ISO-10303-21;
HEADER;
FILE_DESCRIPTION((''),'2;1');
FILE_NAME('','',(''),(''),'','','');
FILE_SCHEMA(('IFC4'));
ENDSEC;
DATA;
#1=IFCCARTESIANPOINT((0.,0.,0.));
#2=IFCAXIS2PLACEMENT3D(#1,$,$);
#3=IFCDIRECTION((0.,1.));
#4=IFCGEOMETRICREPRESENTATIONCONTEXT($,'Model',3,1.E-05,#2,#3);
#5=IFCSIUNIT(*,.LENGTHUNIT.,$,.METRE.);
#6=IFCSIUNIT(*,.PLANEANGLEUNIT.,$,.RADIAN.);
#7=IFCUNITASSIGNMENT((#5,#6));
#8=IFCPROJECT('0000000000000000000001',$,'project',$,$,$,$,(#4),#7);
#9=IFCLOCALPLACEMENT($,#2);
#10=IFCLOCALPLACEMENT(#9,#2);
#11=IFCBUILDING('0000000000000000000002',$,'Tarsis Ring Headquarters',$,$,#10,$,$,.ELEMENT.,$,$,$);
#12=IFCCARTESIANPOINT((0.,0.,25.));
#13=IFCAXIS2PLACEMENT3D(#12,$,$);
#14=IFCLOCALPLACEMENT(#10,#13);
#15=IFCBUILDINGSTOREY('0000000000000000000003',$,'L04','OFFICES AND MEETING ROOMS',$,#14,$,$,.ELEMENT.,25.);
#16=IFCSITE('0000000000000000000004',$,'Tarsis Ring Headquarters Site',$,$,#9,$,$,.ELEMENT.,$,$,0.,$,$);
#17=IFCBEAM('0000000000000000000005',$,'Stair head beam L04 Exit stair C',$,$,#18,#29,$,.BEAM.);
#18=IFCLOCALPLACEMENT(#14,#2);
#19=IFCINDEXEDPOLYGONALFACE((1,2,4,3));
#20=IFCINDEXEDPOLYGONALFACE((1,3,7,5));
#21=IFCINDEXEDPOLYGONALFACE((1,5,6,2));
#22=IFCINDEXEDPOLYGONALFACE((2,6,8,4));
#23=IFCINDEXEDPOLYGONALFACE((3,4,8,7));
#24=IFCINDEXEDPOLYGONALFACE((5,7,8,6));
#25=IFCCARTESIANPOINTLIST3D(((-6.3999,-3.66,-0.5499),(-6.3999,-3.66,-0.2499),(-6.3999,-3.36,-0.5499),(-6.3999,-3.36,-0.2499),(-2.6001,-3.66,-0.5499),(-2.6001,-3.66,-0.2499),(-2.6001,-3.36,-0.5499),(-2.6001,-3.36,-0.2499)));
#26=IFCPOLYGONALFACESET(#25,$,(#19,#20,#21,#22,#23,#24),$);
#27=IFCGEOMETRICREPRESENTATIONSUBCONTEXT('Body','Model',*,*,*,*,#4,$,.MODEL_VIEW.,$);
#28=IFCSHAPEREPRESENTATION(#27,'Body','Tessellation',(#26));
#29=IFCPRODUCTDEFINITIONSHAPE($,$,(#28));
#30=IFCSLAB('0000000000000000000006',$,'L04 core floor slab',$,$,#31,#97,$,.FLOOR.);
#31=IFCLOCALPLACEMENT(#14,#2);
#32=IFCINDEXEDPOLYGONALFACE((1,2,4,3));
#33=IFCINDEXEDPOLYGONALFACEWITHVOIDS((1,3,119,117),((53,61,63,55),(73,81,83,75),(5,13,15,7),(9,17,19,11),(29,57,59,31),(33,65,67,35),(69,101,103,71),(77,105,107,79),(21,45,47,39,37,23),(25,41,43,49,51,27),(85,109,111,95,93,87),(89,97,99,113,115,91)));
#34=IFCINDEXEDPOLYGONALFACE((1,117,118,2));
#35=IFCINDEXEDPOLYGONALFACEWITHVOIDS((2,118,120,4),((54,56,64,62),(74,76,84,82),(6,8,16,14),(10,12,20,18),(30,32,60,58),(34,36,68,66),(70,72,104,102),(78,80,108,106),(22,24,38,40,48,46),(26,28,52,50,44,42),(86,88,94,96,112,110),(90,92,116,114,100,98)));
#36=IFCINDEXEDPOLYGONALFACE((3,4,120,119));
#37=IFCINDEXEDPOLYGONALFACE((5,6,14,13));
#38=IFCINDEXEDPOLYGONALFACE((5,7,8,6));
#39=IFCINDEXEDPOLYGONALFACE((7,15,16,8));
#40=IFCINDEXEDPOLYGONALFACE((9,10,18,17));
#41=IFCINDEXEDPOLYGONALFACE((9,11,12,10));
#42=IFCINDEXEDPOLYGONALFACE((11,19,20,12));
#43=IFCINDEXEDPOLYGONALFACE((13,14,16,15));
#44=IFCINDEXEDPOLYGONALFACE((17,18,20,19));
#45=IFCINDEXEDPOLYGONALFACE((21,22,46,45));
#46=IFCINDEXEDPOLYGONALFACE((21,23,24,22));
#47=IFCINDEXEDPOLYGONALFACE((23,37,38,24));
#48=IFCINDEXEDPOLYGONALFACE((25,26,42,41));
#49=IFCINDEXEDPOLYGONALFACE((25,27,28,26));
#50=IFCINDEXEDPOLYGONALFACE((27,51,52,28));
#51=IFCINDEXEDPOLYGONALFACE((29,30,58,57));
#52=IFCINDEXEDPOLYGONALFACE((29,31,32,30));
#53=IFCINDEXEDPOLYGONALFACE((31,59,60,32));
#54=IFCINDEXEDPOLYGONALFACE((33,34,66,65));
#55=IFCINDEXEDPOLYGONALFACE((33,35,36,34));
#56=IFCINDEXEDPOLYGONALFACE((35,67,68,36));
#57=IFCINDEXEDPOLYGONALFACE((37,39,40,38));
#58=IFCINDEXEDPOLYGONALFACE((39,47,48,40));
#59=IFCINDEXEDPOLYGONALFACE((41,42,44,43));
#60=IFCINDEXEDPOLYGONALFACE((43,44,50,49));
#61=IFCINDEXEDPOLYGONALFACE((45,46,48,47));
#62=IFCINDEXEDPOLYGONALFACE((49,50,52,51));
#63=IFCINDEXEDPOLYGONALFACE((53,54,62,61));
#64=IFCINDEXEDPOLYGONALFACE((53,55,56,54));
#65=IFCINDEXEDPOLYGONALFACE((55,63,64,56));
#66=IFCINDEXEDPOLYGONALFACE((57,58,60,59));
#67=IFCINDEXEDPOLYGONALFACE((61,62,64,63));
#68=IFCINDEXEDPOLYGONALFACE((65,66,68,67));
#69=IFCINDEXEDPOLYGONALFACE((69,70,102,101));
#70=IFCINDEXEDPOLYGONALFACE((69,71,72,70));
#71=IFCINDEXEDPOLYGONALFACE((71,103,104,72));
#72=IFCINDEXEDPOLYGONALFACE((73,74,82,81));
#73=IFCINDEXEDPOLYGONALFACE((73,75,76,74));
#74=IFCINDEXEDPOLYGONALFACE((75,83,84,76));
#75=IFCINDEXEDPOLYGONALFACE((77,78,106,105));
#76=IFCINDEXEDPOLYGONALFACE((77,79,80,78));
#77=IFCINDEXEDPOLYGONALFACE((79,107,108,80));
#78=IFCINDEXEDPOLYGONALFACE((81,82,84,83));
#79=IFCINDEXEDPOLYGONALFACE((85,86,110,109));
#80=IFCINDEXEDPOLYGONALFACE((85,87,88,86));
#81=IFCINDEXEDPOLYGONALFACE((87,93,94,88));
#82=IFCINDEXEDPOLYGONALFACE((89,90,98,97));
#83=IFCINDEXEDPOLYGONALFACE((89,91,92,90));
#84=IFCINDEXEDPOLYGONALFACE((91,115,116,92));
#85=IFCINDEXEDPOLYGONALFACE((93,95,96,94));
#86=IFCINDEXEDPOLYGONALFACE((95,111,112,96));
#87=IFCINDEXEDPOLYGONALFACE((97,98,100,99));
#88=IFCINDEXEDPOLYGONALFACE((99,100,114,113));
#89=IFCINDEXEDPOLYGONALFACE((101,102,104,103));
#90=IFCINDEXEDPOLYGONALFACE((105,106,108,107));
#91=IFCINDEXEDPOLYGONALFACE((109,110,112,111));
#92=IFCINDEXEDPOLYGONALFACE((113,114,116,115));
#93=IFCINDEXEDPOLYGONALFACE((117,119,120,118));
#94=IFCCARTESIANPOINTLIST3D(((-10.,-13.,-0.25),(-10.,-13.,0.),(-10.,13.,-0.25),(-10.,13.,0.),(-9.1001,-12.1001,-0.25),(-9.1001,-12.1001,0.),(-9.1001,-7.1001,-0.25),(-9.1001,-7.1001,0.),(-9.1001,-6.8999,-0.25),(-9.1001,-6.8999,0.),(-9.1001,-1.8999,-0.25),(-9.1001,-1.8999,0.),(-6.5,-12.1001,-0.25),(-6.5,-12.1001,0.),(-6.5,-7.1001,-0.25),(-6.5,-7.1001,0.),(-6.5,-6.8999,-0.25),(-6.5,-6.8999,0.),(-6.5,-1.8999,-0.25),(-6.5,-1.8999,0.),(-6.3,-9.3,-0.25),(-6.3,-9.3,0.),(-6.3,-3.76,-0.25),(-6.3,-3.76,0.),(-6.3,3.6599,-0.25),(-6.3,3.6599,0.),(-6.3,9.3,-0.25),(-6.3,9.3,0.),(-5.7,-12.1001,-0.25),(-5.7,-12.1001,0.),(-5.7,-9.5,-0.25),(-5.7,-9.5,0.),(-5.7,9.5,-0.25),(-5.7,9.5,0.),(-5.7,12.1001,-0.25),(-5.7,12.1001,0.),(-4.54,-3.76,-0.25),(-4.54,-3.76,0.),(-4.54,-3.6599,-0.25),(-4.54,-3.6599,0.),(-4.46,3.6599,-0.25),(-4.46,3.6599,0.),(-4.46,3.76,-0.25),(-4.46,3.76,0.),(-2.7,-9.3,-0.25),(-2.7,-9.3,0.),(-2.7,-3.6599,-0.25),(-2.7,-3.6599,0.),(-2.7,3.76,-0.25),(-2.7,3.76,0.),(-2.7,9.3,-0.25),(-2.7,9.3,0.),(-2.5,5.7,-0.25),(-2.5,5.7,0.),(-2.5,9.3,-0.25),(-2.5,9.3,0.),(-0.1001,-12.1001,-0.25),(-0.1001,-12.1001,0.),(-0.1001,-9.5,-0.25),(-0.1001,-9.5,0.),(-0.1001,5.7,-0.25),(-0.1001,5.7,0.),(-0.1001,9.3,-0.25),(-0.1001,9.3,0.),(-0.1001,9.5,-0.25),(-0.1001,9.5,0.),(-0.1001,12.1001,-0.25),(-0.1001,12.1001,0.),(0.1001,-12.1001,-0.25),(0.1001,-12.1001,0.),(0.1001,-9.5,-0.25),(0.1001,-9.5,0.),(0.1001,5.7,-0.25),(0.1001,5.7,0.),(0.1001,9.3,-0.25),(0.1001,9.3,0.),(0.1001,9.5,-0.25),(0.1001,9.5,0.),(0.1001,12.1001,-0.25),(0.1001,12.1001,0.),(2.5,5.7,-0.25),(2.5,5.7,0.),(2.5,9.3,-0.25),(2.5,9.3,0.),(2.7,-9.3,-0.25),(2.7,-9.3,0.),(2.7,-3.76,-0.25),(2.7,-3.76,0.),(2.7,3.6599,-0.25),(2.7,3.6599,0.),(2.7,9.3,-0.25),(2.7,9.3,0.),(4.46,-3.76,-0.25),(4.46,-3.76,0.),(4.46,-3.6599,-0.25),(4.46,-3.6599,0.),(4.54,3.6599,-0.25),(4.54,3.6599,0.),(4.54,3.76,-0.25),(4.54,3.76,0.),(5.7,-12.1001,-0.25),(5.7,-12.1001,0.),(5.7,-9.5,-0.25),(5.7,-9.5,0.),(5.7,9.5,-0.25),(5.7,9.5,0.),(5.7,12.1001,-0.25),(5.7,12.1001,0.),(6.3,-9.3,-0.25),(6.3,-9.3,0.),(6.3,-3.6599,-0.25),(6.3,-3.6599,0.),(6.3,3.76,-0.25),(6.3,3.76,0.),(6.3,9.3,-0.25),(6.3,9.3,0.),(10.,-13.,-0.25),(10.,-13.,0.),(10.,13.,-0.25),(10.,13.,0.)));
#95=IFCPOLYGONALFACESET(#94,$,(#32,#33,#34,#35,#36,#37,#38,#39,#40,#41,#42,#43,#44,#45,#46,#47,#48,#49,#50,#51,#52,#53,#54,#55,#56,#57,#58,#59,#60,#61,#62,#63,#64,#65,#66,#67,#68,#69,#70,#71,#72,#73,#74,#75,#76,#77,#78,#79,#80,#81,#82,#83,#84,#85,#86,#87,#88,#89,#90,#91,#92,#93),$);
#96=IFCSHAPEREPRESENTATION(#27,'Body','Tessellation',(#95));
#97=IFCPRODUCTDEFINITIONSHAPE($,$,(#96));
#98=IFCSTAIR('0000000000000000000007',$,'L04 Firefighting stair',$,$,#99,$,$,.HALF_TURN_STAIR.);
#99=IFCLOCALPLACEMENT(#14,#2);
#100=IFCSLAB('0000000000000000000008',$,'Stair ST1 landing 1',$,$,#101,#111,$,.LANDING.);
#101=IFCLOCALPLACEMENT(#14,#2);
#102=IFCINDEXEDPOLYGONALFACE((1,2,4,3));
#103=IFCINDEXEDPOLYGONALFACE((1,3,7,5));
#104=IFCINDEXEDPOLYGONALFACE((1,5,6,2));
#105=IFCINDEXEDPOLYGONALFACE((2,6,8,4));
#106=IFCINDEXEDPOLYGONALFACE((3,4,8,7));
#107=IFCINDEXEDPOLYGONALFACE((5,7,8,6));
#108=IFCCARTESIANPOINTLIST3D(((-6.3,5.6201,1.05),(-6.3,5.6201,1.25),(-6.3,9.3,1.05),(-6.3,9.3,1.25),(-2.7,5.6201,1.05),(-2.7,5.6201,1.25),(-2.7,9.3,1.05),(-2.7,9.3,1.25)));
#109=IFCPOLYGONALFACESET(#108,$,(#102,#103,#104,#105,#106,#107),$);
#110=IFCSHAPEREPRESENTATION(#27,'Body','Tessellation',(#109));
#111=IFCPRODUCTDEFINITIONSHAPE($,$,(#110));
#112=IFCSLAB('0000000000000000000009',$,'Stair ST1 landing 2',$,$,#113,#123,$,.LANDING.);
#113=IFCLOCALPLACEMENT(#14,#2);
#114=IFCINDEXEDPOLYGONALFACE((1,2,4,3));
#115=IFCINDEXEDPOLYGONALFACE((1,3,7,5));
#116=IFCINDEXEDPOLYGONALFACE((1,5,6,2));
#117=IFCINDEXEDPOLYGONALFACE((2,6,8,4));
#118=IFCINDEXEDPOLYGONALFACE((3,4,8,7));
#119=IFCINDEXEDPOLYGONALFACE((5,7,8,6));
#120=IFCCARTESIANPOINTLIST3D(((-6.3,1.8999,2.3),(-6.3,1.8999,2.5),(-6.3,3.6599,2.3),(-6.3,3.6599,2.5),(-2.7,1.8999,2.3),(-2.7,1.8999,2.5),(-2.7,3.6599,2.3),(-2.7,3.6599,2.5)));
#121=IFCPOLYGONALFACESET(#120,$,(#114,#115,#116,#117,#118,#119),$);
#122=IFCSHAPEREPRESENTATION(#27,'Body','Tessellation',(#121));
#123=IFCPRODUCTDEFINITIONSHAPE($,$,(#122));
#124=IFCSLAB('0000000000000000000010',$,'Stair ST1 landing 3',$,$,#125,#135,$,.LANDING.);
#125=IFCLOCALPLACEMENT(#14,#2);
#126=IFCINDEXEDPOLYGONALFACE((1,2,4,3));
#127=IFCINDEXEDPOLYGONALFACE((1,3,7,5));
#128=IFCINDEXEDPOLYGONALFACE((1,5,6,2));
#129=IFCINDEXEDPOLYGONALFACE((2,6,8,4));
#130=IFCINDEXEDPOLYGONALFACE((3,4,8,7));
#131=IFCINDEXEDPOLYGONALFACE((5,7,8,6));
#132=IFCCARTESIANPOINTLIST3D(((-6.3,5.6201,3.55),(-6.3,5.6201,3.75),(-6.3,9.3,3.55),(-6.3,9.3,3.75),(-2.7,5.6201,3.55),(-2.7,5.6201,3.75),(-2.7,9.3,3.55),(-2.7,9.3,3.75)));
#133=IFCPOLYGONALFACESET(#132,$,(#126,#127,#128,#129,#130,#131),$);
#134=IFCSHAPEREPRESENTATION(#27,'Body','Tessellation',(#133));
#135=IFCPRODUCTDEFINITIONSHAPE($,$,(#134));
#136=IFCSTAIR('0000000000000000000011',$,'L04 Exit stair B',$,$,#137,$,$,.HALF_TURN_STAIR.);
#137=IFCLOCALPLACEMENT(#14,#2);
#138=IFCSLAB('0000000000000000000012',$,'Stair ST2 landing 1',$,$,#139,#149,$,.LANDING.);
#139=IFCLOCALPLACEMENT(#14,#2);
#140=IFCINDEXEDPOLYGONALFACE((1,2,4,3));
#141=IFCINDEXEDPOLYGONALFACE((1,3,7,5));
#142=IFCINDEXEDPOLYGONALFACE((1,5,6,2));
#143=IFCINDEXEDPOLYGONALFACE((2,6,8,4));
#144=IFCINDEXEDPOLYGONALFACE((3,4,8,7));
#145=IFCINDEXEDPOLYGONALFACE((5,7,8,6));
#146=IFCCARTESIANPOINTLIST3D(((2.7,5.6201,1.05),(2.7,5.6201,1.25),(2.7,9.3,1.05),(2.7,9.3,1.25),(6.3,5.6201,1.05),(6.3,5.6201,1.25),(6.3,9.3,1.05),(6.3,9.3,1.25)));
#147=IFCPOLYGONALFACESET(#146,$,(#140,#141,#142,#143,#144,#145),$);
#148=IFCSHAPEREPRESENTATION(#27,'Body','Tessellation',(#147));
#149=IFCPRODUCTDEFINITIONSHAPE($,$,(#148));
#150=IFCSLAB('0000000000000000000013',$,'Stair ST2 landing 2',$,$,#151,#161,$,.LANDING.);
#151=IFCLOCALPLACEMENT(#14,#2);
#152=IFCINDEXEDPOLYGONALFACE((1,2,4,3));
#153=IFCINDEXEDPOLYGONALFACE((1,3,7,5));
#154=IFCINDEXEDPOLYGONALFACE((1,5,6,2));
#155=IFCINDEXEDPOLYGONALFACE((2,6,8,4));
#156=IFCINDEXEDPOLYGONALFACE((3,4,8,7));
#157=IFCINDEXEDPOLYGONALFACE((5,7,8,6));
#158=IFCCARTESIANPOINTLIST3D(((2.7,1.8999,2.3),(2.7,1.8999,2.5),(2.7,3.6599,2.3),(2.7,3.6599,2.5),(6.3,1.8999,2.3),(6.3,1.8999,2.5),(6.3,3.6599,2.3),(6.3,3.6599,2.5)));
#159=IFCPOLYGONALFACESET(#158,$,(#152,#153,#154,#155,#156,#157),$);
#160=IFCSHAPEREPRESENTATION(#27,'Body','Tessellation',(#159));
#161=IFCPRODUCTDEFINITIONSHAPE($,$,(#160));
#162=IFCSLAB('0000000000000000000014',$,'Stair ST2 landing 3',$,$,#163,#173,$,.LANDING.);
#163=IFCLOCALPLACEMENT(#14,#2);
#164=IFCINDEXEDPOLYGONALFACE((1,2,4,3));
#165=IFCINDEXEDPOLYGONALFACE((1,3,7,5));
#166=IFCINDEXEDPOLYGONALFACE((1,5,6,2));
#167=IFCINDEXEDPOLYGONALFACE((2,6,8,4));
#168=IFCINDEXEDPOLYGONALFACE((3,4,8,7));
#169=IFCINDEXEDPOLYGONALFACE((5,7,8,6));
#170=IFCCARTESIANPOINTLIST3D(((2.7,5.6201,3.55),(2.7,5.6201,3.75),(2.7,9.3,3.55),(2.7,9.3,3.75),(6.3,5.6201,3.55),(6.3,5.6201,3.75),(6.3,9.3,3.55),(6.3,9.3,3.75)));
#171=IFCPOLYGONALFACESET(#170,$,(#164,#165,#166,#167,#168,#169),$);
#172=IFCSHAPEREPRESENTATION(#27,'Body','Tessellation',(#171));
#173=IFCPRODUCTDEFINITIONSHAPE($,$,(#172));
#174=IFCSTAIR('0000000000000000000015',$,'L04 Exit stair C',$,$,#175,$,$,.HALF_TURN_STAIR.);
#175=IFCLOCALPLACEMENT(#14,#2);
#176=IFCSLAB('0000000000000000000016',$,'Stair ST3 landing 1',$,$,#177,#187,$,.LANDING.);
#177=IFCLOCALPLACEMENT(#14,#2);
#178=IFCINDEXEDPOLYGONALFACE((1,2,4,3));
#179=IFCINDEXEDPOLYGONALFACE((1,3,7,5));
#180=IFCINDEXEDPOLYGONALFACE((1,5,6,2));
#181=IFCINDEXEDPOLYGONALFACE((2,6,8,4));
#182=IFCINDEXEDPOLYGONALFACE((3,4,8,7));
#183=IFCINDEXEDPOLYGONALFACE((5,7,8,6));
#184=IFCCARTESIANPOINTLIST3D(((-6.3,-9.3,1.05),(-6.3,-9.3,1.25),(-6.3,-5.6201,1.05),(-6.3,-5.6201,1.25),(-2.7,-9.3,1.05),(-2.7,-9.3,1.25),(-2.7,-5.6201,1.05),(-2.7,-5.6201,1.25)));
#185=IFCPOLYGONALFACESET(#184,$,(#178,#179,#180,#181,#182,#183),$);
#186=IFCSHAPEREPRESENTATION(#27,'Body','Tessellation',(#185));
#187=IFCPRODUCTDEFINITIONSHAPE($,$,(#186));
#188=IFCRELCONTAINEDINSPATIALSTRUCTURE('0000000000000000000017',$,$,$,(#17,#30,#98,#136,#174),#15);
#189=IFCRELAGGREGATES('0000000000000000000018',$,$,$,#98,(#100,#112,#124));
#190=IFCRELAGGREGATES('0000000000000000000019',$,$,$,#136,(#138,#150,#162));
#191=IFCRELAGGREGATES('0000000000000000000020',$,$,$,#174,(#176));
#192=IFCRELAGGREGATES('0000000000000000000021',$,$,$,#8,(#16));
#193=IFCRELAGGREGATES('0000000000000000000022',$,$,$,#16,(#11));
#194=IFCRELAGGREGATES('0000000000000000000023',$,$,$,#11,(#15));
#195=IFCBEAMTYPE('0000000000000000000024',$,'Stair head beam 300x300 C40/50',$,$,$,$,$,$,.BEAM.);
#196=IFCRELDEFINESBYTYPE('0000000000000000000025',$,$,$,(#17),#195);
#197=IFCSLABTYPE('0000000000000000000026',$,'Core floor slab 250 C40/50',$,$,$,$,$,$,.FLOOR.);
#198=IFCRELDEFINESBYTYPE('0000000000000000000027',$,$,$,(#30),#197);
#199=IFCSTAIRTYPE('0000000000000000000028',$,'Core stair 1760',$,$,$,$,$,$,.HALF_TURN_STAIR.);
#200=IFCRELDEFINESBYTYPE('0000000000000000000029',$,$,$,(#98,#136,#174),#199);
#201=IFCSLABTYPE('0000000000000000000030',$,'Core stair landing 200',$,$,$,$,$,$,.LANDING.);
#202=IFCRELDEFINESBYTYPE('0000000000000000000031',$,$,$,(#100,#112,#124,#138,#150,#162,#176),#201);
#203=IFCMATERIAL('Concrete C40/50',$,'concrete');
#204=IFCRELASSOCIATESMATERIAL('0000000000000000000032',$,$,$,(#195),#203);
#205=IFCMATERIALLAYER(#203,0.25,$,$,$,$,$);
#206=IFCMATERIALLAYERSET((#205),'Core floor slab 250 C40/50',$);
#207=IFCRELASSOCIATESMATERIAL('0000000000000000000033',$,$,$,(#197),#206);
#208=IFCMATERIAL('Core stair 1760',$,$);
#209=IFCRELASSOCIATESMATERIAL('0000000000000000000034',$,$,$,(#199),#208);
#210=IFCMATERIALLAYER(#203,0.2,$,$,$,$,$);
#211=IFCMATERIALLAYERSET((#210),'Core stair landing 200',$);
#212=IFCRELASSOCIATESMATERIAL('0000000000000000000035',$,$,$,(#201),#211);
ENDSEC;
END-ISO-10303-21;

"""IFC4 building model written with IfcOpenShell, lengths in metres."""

from ifc_helpers import new_model, si_unit, direction, frame, origin, origin_2d, place, context, subcontext, project, spatial, polyline, rectangle, outline, extrude, material, layer, layer_set, material_profile, profile_set, type_object, element, aggregate, save


model = new_model("IFC4")

# Units and contexts
model_context = context("Model", 3, precision=1e-05, world=origin(), true_north=direction((0.0, 1.0)))
body_context = subcontext(model_context, "Body", "Model", "MODEL_VIEW")
ifc_project = project(units=[si_unit("LENGTHUNIT", "METRE"), si_unit("PLANEANGLEUNIT", "RADIAN")], contexts=[model_context])

# Site, building, storey
site_placement = place(None, origin())
site = spatial("IfcSite", under=ifc_project, at=site_placement, Name="Tarsis Ring Headquarters Site", CompositionType="ELEMENT", RefElevation=0.0)
building_placement = place(site_placement, origin())
building = spatial("IfcBuilding", under=site, at=building_placement, Name="Tarsis Ring Headquarters", CompositionType="ELEMENT")
storey_placement = place(building_placement, frame((0.0, 0.0, 25.0)))
storey = spatial("IfcBuildingStorey", under=building, at=storey_placement, Name="L04", Description="OFFICES AND MEETING ROOMS", CompositionType="ELEMENT", Elevation=25.0)

# Beam
ifc_material_1 = material(Name="Concrete C40/50", Category="concrete")
ifc_material_profile = material_profile(ifc_material_1, rectangle(XDim=0.3, YDim=0.3, at=origin_2d()), Name="Stair head beam 300x300 C40/50")
ifc_profile_set = profile_set([ifc_material_profile], Name="Concrete C40/50")
beam_type = type_object("IfcBeamType", Name="Stair head beam 300x300 C40/50", PredefinedType="BEAM", material=ifc_profile_set)
beam_placement = place(storey_placement, frame((-6.3999, -3.51, -0.3999), z_axis=(1.0, 0.0, 0.0), x_axis=(0.0, 1.0, 0.0)))
element("IfcBeam", 1, at=beam_placement, inside=storey, type_object=beam_type, Name="Stair head beam L04 Exit stair C", PredefinedType="BEAM", context=body_context, shape_type="SweptSolid", body=[
    extrude(rectangle(XDim=0.3, YDim=0.3, at=origin_2d()), origin(), (0.0, 0.0, 1.0), 3.7998),
])

# Slab
ifc_layer_1 = layer(ifc_material_1, 0.25)
ifc_layer_set_1 = layer_set([ifc_layer_1], Name="Core floor slab 250 C40/50")
slab_type_1 = type_object("IfcSlabType", Name="Core floor slab 250 C40/50", PredefinedType="FLOOR", material=ifc_layer_set_1)
slab_1_placement = place(storey_placement, frame((0.0, 0.0, -0.25)))
element("IfcSlab", 2, at=slab_1_placement, inside=storey, type_object=slab_type_1, Name="L04 core floor slab", PredefinedType="FLOOR", context=body_context, shape_type="SweptSolid", body=[
    extrude(outline(polyline([(-10.0, -13.0), (10.0, -13.0), (10.0, 13.0), (-10.0, 13.0), (-10.0, -13.0)]), holes=[polyline([(-2.5, 5.7), (-0.1001, 5.7), (-0.1001, 9.3), (-2.5, 9.3), (-2.5, 5.7)]), polyline([(0.1001, 5.7), (2.5, 5.7), (2.5, 9.3), (0.1001, 9.3), (0.1001, 5.7)]), polyline([(-9.1001, -12.1001), (-6.5, -12.1001), (-6.5, -7.1001), (-9.1001, -7.1001), (-9.1001, -12.1001)]), polyline([(-9.1001, -6.8999), (-6.5, -6.8999), (-6.5, -1.8999), (-9.1001, -1.8999), (-9.1001, -6.8999)]), polyline([(-5.7, 9.5), (-0.1001, 9.5), (-0.1001, 12.1001), (-5.7, 12.1001), (-5.7, 9.5)]), polyline([(0.1001, 9.5), (5.7, 9.5), (5.7, 12.1001), (0.1001, 12.1001), (0.1001, 9.5)]), polyline([(-5.7, -12.1001), (-0.1001, -12.1001), (-0.1001, -9.5), (-5.7, -9.5), (-5.7, -12.1001)]), polyline([(0.1001, -12.1001), (5.7, -12.1001), (5.7, -9.5), (0.1001, -9.5), (0.1001, -12.1001)]), polyline([(-2.7, 3.76), (-2.7, 9.3), (-6.3, 9.3), (-6.3, 3.6599), (-4.46, 3.6599), (-4.46, 3.76), (-2.7, 3.76)]), polyline([(6.3, 3.76), (6.3, 9.3), (2.7, 9.3), (2.7, 3.6599), (4.54, 3.6599), (4.54, 3.76), (6.3, 3.76)]), polyline([(-6.3, -3.76), (-6.3, -9.3), (-2.7, -9.3), (-2.7, -3.6599), (-4.54, -3.6599), (-4.54, -3.76), (-6.3, -3.76)]), polyline([(2.7, -3.76), (2.7, -9.3), (6.3, -9.3), (6.3, -3.6599), (4.46, -3.6599), (4.46, -3.76), (2.7, -3.76)])]), origin(), (0.0, 0.0, 1.0), 0.25),
])

# Stairs, slabs
ifc_material_2 = material(Name="Core stair 1760")
stair_type_1 = type_object("IfcStairType", Name="Core stair 1760", PredefinedType="HALF_TURN_STAIR", material=ifc_material_2)
stair_1_placement = place(storey_placement, origin())
stair_1 = element("IfcStair", 3, at=stair_1_placement, inside=storey, type_object=stair_type_1, Name="L04 Firefighting stair", PredefinedType="HALF_TURN_STAIR")
ifc_layer_2 = layer(ifc_material_1, 0.2)
ifc_layer_set_2 = layer_set([ifc_layer_2], Name="Core stair landing 200")
slab_type_2 = type_object("IfcSlabType", Name="Core stair landing 200", PredefinedType="LANDING", material=ifc_layer_set_2)
slab_2_placement = place(storey_placement, frame((0.0, 0.0, 1.05)))
slab_2 = element("IfcSlab", 4, at=slab_2_placement, type_object=slab_type_2, Name="Stair ST1 landing 1", PredefinedType="LANDING", context=body_context, shape_type="SweptSolid", body=[
    extrude(outline(polyline([(-2.7, 5.6201), (-2.7, 9.3), (-6.3, 9.3), (-6.3, 5.6201), (-2.7, 5.6201)])), origin(), (0.0, 0.0, 1.0), 0.2),
])
slab_3_placement = place(storey_placement, frame((0.0, 0.0, 2.3)))
slab_3 = element("IfcSlab", 5, at=slab_3_placement, type_object=slab_type_2, Name="Stair ST1 landing 2", PredefinedType="LANDING", context=body_context, shape_type="SweptSolid", body=[
    extrude(outline(polyline([(-2.7, 1.8999), (-2.7, 3.6599), (-6.3, 3.6599), (-6.3, 1.8999), (-2.7, 1.8999)])), origin(), (0.0, 0.0, 1.0), 0.2),
])
slab_4_placement = place(storey_placement, frame((0.0, 0.0, 3.55)))
slab_4 = element("IfcSlab", 6, at=slab_4_placement, type_object=slab_type_2, Name="Stair ST1 landing 3", PredefinedType="LANDING", context=body_context, shape_type="SweptSolid", body=[
    extrude(outline(polyline([(-2.7, 5.6201), (-2.7, 9.3), (-6.3, 9.3), (-6.3, 5.6201), (-2.7, 5.6201)])), origin(), (0.0, 0.0, 1.0), 0.2),
])
aggregate(stair_1, [slab_2, slab_3, slab_4])
stair_2_placement = place(storey_placement, origin())
stair_2 = element("IfcStair", 7, at=stair_2_placement, inside=storey, type_object=stair_type_1, Name="L04 Exit stair B", PredefinedType="HALF_TURN_STAIR")
slab_5_placement = place(storey_placement, frame((0.0, 0.0, 1.05)))
slab_5 = element("IfcSlab", 8, at=slab_5_placement, type_object=slab_type_2, Name="Stair ST2 landing 1", PredefinedType="LANDING", context=body_context, shape_type="SweptSolid", body=[
    extrude(outline(polyline([(6.3, 5.6201), (6.3, 9.3), (2.7, 9.3), (2.7, 5.6201), (6.3, 5.6201)])), origin(), (0.0, 0.0, 1.0), 0.2),
])
slab_6_placement = place(storey_placement, frame((0.0, 0.0, 2.3)))
slab_6 = element("IfcSlab", 9, at=slab_6_placement, type_object=slab_type_2, Name="Stair ST2 landing 2", PredefinedType="LANDING", context=body_context, shape_type="SweptSolid", body=[
    extrude(outline(polyline([(6.3, 1.8999), (6.3, 3.6599), (2.7, 3.6599), (2.7, 1.8999), (6.3, 1.8999)])), origin(), (0.0, 0.0, 1.0), 0.2),
])
slab_7_placement = place(storey_placement, frame((0.0, 0.0, 3.55)))
slab_7 = element("IfcSlab", 10, at=slab_7_placement, type_object=slab_type_2, Name="Stair ST2 landing 3", PredefinedType="LANDING", context=body_context, shape_type="SweptSolid", body=[
    extrude(outline(polyline([(6.3, 5.6201), (6.3, 9.3), (2.7, 9.3), (2.7, 5.6201), (6.3, 5.6201)])), origin(), (0.0, 0.0, 1.0), 0.2),
])
aggregate(stair_2, [slab_5, slab_6, slab_7])
stair_3_placement = place(storey_placement, origin())
stair_3 = element("IfcStair", 11, at=stair_3_placement, inside=storey, type_object=stair_type_1, Name="L04 Exit stair C", PredefinedType="HALF_TURN_STAIR")
slab_8_placement = place(storey_placement, frame((0.0, 0.0, 1.05)))
slab_8 = element("IfcSlab", 12, at=slab_8_placement, type_object=slab_type_2, Name="Stair ST3 landing 1", PredefinedType="LANDING", context=body_context, shape_type="SweptSolid", body=[
    extrude(outline(polyline([(-6.3, -5.6201), (-6.3, -9.3), (-2.7, -9.3), (-2.7, -5.6201), (-6.3, -5.6201)])), origin(), (0.0, 0.0, 1.0), 0.2),
])
aggregate(stair_3, [slab_8])

save(model, "model.ifc")
